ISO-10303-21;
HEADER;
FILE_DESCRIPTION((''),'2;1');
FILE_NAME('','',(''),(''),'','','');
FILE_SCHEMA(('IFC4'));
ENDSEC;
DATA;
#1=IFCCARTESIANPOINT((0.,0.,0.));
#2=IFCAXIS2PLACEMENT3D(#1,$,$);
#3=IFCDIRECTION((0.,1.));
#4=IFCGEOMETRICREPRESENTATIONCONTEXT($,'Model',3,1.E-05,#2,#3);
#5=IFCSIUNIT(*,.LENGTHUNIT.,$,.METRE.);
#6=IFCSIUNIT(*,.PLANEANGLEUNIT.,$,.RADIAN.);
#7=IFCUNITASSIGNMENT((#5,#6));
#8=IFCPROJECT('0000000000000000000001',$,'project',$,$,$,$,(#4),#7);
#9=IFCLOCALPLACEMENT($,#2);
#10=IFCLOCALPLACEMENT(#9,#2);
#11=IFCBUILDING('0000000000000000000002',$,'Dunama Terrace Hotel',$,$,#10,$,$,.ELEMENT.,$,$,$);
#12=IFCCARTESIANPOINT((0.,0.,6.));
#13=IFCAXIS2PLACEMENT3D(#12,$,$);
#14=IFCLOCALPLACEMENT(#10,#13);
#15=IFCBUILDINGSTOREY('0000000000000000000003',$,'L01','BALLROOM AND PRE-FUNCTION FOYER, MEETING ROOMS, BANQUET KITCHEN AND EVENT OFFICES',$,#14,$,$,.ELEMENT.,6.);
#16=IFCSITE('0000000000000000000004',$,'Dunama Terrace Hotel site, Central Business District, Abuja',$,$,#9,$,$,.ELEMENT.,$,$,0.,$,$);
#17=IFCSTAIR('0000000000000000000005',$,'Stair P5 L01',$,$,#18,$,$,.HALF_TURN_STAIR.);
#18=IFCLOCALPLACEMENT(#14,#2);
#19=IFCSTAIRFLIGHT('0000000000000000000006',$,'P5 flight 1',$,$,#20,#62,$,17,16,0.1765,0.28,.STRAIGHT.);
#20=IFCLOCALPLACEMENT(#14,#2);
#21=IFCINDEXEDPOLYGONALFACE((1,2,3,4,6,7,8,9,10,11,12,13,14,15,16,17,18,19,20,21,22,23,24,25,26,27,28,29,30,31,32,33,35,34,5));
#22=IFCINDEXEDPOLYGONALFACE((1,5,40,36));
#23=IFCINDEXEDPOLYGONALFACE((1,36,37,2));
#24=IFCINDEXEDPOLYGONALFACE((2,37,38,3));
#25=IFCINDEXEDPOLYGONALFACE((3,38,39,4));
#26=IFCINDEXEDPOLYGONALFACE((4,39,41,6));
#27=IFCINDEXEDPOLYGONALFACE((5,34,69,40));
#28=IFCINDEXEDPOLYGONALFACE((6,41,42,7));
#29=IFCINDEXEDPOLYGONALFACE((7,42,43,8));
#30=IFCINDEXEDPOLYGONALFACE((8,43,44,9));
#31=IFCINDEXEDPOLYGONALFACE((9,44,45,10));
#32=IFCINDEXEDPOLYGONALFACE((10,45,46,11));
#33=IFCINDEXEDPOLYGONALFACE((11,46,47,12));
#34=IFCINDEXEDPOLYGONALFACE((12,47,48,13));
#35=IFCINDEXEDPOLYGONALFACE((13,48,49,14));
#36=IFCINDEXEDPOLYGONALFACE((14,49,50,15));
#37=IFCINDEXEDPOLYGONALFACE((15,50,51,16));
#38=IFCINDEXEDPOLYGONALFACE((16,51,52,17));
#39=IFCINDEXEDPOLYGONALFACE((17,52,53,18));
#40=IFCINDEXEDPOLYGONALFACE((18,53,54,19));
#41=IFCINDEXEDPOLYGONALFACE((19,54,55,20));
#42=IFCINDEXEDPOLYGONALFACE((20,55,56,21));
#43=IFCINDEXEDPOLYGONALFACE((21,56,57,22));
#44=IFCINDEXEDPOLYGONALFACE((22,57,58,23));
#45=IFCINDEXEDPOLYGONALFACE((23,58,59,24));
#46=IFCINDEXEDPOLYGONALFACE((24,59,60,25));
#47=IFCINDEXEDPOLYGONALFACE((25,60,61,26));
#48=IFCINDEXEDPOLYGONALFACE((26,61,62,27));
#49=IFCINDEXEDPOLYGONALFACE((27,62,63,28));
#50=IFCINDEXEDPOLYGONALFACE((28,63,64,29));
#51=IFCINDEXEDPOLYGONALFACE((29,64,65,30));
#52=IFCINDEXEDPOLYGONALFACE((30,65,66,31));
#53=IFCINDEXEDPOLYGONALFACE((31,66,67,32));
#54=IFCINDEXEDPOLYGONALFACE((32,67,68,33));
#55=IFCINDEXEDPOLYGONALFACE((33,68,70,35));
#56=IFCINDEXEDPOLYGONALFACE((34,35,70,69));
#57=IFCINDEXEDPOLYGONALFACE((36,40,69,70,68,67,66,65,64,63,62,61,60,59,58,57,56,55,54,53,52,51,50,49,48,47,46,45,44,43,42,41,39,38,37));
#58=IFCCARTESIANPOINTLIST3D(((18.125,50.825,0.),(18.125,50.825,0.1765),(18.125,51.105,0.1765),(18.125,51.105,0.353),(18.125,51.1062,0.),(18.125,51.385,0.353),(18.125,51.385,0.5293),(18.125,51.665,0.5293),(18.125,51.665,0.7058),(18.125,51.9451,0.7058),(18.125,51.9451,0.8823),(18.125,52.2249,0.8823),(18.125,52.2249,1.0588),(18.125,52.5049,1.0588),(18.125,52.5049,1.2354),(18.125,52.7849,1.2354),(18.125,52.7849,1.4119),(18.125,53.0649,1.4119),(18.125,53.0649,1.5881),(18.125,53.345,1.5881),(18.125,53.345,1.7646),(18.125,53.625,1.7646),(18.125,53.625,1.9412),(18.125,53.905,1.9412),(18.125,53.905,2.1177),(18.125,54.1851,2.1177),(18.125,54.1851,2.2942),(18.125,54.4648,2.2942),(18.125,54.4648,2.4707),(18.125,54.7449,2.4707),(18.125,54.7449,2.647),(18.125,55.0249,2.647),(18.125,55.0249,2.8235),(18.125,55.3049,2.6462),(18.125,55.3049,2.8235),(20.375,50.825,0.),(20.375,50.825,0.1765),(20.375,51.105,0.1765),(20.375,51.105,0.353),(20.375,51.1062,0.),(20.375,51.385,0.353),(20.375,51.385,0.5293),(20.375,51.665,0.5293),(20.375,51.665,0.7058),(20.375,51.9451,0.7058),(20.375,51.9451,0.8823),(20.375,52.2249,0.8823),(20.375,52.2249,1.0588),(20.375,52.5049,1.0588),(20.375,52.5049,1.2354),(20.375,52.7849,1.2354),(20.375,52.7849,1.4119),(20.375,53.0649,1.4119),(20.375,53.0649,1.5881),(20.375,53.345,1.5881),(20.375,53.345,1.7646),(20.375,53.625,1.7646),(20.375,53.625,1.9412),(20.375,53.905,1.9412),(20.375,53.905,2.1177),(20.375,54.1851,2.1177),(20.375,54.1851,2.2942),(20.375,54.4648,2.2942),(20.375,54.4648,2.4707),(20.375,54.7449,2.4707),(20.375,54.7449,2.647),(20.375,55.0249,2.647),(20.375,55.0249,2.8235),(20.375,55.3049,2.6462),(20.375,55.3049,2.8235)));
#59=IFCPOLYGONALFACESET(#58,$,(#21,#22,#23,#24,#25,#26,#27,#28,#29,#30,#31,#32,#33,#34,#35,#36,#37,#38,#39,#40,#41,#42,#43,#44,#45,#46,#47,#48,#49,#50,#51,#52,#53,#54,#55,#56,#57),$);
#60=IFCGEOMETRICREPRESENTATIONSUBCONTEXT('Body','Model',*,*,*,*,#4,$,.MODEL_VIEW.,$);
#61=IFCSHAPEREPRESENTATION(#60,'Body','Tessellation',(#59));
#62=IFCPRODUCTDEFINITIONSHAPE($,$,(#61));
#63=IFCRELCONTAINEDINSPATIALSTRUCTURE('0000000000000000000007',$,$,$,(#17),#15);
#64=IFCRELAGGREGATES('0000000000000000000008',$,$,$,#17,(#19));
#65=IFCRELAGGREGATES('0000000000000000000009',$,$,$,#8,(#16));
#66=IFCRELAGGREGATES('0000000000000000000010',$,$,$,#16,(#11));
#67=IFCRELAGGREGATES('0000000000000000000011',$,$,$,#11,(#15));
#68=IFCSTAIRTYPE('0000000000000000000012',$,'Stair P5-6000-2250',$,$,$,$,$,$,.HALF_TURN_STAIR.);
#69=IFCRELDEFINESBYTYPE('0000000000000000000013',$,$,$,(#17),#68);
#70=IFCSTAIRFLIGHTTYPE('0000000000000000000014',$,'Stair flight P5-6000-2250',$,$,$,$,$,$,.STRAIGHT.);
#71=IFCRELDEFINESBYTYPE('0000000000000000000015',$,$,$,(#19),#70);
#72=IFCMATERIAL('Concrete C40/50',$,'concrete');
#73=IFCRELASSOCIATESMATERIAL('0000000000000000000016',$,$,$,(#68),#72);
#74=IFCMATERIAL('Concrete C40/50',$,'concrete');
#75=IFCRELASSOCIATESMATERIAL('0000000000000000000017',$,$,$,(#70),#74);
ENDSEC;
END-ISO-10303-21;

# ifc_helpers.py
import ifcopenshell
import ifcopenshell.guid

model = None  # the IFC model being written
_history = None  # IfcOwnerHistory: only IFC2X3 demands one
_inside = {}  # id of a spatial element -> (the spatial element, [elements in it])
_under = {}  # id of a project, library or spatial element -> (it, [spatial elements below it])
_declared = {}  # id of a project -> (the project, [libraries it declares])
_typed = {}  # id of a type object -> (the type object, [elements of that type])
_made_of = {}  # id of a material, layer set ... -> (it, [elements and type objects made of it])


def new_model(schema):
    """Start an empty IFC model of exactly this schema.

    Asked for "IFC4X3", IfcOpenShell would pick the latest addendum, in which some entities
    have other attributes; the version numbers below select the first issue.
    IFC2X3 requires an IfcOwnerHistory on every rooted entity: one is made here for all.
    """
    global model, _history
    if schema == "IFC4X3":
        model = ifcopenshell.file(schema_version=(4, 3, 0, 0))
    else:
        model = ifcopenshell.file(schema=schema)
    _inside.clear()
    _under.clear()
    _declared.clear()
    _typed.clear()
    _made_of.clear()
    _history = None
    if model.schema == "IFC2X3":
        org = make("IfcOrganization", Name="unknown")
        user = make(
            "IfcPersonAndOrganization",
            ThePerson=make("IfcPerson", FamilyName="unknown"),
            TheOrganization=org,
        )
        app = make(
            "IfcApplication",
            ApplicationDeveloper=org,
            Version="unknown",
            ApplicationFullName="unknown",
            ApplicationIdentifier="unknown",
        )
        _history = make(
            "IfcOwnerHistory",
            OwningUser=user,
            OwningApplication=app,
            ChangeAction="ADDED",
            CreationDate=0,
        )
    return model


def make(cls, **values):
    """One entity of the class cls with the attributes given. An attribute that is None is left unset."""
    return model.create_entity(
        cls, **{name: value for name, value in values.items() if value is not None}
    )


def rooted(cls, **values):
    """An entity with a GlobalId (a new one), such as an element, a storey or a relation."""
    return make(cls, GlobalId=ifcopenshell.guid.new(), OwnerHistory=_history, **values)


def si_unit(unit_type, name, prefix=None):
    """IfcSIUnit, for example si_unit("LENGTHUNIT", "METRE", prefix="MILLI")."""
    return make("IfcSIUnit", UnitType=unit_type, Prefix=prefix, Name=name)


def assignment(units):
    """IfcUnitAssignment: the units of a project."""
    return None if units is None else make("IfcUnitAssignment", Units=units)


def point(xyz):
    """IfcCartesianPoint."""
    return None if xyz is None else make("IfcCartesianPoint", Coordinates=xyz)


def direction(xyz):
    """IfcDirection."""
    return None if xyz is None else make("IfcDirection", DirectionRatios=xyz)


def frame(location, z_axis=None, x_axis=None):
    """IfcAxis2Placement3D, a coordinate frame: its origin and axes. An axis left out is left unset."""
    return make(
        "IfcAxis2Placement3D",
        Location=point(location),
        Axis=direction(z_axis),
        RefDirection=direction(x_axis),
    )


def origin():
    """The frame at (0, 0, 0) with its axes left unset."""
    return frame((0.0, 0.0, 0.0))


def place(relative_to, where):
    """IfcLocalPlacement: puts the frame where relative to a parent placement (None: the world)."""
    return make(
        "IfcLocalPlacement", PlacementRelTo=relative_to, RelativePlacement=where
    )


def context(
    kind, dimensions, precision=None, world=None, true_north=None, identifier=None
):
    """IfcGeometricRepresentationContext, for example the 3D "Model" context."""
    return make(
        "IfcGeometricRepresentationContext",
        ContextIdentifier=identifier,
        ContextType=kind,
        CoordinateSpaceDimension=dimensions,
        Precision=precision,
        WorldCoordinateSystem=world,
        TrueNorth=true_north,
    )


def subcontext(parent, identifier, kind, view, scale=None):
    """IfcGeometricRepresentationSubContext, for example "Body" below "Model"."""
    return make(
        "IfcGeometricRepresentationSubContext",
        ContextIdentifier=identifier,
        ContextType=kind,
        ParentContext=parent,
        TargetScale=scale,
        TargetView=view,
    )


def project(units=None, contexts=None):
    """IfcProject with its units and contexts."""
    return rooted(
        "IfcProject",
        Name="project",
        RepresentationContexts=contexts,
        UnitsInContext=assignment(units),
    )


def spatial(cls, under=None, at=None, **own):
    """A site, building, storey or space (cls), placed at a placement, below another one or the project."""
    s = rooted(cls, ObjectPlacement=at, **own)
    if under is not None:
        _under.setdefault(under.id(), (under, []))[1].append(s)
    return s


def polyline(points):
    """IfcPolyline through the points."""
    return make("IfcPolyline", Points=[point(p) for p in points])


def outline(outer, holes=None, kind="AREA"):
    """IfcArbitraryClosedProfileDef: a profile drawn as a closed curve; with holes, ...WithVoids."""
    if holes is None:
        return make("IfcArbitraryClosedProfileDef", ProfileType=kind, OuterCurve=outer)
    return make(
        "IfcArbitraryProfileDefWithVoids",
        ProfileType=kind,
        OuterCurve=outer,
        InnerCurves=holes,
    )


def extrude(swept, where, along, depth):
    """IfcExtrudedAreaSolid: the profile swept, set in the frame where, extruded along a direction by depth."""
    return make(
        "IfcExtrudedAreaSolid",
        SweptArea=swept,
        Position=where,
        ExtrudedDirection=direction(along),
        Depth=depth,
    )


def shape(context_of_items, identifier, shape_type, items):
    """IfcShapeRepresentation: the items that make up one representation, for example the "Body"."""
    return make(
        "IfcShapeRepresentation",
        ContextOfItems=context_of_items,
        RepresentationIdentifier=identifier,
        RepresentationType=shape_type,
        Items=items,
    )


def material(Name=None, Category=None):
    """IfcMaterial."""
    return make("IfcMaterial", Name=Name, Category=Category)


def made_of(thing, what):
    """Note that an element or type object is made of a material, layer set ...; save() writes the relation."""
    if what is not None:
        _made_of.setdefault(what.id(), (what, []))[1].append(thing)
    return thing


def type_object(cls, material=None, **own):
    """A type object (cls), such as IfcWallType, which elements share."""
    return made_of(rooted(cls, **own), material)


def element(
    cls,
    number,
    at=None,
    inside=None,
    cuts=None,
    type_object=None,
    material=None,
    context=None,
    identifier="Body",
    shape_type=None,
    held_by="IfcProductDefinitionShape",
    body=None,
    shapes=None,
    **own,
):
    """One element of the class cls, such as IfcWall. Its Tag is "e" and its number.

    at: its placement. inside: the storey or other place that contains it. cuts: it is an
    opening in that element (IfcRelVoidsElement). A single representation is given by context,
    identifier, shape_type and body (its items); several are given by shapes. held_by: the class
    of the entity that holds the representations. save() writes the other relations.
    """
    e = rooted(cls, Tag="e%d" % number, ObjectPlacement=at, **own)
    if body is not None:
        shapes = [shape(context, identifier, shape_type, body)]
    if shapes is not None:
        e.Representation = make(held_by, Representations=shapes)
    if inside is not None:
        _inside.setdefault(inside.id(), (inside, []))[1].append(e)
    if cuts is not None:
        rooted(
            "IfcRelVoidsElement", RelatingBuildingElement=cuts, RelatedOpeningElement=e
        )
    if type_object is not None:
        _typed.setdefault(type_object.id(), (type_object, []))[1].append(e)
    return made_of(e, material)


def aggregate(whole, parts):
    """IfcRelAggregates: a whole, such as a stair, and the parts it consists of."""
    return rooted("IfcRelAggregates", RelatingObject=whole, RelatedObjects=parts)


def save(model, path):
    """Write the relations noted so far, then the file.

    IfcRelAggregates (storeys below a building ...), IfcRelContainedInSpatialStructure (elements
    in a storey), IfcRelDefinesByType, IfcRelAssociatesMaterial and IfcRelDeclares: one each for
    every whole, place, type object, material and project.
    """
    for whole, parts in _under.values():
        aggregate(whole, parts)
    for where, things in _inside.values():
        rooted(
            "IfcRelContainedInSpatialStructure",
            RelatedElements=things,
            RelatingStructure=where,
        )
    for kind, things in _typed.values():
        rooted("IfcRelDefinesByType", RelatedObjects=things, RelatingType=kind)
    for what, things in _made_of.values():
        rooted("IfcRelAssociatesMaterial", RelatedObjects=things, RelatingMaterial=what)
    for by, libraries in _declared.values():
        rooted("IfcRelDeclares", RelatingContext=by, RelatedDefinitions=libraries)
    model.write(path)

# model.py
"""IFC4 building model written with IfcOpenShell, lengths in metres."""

from ifc_helpers import new_model, si_unit, direction, frame, origin, place, context, subcontext, project, spatial, polyline, outline, extrude, material, type_object, element, aggregate, save


model = new_model("IFC4")

# Units and contexts
model_context = context("Model", 3, precision=1e-05, world=origin(), true_north=direction((0.0, 1.0)))
body_context = subcontext(model_context, "Body", "Model", "MODEL_VIEW")
ifc_project = project(units=[si_unit("LENGTHUNIT", "METRE"), si_unit("PLANEANGLEUNIT", "RADIAN")], contexts=[model_context])

# Site, building, storey
site_placement = place(None, origin())
site = spatial("IfcSite", under=ifc_project, at=site_placement, Name="Dunama Terrace Hotel site, Central Business District, Abuja", CompositionType="ELEMENT", RefElevation=0.0)
building_placement = place(site_placement, origin())
building = spatial("IfcBuilding", under=site, at=building_placement, Name="Dunama Terrace Hotel", CompositionType="ELEMENT")
storey_placement = place(building_placement, frame((0.0, 0.0, 6.0)))
storey = spatial("IfcBuildingStorey", under=building, at=storey_placement, Name="L01", Description="BALLROOM AND PRE-FUNCTION FOYER, MEETING ROOMS, BANQUET KITCHEN AND EVENT OFFICES", CompositionType="ELEMENT", Elevation=6.0)

# Stair, stair flight
ifc_material_1 = material(Name="Concrete C40/50", Category="concrete")
stair_type = type_object("IfcStairType", Name="Stair P5-6000-2250", PredefinedType="HALF_TURN_STAIR", material=ifc_material_1)
stair_placement = place(storey_placement, origin())
stair = element("IfcStair", 1, at=stair_placement, inside=storey, type_object=stair_type, Name="Stair P5 L01", PredefinedType="HALF_TURN_STAIR")
ifc_material_2 = material(Name="Concrete C40/50", Category="concrete")
stair_flight_type = type_object("IfcStairFlightType", Name="Stair flight P5-6000-2250", PredefinedType="STRAIGHT", material=ifc_material_2)
stair_flight_placement = place(storey_placement, frame((19.25, 50.825, 0.0), z_axis=(0.0, 0.0, 1.0), x_axis=(0.0, 1.0, 0.0)))
stair_flight = element("IfcStairFlight", 2, at=stair_flight_placement, type_object=stair_flight_type, Name="P5 flight 1", NumberOfRisers=17, NumberOfTreads=16, PredefinedType="STRAIGHT", RiserHeight=0.1765, TreadLength=0.28, context=body_context, shape_type="SweptSolid", body=[
    extrude(outline(polyline([(0.0, 0.0), (0.0, 0.1765), (0.28, 0.1765), (0.28, 0.353), (0.5601, 0.353), (0.5601, 0.5293), (0.8401, 0.5293), (0.8401, 0.7058), (1.1201, 0.7058), (1.1201, 0.8823), (1.3999, 0.8823), (1.3999, 1.0588), (1.6799, 1.0588), (1.6799, 1.2354), (1.96, 1.2354), (1.96, 1.4119), (2.24, 1.4119), (2.24, 1.5881), (2.52, 1.5881), (2.52, 1.7646), (2.8, 1.7646), (2.8, 1.9412), (3.0801, 1.9412), (3.0801, 2.1177), (3.3601, 2.1177), (3.3601, 2.2942), (3.6399, 2.2942), (3.6399, 2.4707), (3.9199, 2.4707), (3.9199, 2.647), (4.2, 2.647), (4.2, 2.8235), (4.48, 2.8235), (4.48, 3.0), (4.48, 2.6462), (0.2812, 0.0), (0.0, 0.0)])), frame((0.0, 1.125, 0.0), z_axis=(0.0, -1.0, 0.0), x_axis=(1.0, 0.0, 0.0)), (0.0, 0.0, 1.0), 2.25),
])
aggregate(stair, [stair_flight])

save(model, "model.ifc")
